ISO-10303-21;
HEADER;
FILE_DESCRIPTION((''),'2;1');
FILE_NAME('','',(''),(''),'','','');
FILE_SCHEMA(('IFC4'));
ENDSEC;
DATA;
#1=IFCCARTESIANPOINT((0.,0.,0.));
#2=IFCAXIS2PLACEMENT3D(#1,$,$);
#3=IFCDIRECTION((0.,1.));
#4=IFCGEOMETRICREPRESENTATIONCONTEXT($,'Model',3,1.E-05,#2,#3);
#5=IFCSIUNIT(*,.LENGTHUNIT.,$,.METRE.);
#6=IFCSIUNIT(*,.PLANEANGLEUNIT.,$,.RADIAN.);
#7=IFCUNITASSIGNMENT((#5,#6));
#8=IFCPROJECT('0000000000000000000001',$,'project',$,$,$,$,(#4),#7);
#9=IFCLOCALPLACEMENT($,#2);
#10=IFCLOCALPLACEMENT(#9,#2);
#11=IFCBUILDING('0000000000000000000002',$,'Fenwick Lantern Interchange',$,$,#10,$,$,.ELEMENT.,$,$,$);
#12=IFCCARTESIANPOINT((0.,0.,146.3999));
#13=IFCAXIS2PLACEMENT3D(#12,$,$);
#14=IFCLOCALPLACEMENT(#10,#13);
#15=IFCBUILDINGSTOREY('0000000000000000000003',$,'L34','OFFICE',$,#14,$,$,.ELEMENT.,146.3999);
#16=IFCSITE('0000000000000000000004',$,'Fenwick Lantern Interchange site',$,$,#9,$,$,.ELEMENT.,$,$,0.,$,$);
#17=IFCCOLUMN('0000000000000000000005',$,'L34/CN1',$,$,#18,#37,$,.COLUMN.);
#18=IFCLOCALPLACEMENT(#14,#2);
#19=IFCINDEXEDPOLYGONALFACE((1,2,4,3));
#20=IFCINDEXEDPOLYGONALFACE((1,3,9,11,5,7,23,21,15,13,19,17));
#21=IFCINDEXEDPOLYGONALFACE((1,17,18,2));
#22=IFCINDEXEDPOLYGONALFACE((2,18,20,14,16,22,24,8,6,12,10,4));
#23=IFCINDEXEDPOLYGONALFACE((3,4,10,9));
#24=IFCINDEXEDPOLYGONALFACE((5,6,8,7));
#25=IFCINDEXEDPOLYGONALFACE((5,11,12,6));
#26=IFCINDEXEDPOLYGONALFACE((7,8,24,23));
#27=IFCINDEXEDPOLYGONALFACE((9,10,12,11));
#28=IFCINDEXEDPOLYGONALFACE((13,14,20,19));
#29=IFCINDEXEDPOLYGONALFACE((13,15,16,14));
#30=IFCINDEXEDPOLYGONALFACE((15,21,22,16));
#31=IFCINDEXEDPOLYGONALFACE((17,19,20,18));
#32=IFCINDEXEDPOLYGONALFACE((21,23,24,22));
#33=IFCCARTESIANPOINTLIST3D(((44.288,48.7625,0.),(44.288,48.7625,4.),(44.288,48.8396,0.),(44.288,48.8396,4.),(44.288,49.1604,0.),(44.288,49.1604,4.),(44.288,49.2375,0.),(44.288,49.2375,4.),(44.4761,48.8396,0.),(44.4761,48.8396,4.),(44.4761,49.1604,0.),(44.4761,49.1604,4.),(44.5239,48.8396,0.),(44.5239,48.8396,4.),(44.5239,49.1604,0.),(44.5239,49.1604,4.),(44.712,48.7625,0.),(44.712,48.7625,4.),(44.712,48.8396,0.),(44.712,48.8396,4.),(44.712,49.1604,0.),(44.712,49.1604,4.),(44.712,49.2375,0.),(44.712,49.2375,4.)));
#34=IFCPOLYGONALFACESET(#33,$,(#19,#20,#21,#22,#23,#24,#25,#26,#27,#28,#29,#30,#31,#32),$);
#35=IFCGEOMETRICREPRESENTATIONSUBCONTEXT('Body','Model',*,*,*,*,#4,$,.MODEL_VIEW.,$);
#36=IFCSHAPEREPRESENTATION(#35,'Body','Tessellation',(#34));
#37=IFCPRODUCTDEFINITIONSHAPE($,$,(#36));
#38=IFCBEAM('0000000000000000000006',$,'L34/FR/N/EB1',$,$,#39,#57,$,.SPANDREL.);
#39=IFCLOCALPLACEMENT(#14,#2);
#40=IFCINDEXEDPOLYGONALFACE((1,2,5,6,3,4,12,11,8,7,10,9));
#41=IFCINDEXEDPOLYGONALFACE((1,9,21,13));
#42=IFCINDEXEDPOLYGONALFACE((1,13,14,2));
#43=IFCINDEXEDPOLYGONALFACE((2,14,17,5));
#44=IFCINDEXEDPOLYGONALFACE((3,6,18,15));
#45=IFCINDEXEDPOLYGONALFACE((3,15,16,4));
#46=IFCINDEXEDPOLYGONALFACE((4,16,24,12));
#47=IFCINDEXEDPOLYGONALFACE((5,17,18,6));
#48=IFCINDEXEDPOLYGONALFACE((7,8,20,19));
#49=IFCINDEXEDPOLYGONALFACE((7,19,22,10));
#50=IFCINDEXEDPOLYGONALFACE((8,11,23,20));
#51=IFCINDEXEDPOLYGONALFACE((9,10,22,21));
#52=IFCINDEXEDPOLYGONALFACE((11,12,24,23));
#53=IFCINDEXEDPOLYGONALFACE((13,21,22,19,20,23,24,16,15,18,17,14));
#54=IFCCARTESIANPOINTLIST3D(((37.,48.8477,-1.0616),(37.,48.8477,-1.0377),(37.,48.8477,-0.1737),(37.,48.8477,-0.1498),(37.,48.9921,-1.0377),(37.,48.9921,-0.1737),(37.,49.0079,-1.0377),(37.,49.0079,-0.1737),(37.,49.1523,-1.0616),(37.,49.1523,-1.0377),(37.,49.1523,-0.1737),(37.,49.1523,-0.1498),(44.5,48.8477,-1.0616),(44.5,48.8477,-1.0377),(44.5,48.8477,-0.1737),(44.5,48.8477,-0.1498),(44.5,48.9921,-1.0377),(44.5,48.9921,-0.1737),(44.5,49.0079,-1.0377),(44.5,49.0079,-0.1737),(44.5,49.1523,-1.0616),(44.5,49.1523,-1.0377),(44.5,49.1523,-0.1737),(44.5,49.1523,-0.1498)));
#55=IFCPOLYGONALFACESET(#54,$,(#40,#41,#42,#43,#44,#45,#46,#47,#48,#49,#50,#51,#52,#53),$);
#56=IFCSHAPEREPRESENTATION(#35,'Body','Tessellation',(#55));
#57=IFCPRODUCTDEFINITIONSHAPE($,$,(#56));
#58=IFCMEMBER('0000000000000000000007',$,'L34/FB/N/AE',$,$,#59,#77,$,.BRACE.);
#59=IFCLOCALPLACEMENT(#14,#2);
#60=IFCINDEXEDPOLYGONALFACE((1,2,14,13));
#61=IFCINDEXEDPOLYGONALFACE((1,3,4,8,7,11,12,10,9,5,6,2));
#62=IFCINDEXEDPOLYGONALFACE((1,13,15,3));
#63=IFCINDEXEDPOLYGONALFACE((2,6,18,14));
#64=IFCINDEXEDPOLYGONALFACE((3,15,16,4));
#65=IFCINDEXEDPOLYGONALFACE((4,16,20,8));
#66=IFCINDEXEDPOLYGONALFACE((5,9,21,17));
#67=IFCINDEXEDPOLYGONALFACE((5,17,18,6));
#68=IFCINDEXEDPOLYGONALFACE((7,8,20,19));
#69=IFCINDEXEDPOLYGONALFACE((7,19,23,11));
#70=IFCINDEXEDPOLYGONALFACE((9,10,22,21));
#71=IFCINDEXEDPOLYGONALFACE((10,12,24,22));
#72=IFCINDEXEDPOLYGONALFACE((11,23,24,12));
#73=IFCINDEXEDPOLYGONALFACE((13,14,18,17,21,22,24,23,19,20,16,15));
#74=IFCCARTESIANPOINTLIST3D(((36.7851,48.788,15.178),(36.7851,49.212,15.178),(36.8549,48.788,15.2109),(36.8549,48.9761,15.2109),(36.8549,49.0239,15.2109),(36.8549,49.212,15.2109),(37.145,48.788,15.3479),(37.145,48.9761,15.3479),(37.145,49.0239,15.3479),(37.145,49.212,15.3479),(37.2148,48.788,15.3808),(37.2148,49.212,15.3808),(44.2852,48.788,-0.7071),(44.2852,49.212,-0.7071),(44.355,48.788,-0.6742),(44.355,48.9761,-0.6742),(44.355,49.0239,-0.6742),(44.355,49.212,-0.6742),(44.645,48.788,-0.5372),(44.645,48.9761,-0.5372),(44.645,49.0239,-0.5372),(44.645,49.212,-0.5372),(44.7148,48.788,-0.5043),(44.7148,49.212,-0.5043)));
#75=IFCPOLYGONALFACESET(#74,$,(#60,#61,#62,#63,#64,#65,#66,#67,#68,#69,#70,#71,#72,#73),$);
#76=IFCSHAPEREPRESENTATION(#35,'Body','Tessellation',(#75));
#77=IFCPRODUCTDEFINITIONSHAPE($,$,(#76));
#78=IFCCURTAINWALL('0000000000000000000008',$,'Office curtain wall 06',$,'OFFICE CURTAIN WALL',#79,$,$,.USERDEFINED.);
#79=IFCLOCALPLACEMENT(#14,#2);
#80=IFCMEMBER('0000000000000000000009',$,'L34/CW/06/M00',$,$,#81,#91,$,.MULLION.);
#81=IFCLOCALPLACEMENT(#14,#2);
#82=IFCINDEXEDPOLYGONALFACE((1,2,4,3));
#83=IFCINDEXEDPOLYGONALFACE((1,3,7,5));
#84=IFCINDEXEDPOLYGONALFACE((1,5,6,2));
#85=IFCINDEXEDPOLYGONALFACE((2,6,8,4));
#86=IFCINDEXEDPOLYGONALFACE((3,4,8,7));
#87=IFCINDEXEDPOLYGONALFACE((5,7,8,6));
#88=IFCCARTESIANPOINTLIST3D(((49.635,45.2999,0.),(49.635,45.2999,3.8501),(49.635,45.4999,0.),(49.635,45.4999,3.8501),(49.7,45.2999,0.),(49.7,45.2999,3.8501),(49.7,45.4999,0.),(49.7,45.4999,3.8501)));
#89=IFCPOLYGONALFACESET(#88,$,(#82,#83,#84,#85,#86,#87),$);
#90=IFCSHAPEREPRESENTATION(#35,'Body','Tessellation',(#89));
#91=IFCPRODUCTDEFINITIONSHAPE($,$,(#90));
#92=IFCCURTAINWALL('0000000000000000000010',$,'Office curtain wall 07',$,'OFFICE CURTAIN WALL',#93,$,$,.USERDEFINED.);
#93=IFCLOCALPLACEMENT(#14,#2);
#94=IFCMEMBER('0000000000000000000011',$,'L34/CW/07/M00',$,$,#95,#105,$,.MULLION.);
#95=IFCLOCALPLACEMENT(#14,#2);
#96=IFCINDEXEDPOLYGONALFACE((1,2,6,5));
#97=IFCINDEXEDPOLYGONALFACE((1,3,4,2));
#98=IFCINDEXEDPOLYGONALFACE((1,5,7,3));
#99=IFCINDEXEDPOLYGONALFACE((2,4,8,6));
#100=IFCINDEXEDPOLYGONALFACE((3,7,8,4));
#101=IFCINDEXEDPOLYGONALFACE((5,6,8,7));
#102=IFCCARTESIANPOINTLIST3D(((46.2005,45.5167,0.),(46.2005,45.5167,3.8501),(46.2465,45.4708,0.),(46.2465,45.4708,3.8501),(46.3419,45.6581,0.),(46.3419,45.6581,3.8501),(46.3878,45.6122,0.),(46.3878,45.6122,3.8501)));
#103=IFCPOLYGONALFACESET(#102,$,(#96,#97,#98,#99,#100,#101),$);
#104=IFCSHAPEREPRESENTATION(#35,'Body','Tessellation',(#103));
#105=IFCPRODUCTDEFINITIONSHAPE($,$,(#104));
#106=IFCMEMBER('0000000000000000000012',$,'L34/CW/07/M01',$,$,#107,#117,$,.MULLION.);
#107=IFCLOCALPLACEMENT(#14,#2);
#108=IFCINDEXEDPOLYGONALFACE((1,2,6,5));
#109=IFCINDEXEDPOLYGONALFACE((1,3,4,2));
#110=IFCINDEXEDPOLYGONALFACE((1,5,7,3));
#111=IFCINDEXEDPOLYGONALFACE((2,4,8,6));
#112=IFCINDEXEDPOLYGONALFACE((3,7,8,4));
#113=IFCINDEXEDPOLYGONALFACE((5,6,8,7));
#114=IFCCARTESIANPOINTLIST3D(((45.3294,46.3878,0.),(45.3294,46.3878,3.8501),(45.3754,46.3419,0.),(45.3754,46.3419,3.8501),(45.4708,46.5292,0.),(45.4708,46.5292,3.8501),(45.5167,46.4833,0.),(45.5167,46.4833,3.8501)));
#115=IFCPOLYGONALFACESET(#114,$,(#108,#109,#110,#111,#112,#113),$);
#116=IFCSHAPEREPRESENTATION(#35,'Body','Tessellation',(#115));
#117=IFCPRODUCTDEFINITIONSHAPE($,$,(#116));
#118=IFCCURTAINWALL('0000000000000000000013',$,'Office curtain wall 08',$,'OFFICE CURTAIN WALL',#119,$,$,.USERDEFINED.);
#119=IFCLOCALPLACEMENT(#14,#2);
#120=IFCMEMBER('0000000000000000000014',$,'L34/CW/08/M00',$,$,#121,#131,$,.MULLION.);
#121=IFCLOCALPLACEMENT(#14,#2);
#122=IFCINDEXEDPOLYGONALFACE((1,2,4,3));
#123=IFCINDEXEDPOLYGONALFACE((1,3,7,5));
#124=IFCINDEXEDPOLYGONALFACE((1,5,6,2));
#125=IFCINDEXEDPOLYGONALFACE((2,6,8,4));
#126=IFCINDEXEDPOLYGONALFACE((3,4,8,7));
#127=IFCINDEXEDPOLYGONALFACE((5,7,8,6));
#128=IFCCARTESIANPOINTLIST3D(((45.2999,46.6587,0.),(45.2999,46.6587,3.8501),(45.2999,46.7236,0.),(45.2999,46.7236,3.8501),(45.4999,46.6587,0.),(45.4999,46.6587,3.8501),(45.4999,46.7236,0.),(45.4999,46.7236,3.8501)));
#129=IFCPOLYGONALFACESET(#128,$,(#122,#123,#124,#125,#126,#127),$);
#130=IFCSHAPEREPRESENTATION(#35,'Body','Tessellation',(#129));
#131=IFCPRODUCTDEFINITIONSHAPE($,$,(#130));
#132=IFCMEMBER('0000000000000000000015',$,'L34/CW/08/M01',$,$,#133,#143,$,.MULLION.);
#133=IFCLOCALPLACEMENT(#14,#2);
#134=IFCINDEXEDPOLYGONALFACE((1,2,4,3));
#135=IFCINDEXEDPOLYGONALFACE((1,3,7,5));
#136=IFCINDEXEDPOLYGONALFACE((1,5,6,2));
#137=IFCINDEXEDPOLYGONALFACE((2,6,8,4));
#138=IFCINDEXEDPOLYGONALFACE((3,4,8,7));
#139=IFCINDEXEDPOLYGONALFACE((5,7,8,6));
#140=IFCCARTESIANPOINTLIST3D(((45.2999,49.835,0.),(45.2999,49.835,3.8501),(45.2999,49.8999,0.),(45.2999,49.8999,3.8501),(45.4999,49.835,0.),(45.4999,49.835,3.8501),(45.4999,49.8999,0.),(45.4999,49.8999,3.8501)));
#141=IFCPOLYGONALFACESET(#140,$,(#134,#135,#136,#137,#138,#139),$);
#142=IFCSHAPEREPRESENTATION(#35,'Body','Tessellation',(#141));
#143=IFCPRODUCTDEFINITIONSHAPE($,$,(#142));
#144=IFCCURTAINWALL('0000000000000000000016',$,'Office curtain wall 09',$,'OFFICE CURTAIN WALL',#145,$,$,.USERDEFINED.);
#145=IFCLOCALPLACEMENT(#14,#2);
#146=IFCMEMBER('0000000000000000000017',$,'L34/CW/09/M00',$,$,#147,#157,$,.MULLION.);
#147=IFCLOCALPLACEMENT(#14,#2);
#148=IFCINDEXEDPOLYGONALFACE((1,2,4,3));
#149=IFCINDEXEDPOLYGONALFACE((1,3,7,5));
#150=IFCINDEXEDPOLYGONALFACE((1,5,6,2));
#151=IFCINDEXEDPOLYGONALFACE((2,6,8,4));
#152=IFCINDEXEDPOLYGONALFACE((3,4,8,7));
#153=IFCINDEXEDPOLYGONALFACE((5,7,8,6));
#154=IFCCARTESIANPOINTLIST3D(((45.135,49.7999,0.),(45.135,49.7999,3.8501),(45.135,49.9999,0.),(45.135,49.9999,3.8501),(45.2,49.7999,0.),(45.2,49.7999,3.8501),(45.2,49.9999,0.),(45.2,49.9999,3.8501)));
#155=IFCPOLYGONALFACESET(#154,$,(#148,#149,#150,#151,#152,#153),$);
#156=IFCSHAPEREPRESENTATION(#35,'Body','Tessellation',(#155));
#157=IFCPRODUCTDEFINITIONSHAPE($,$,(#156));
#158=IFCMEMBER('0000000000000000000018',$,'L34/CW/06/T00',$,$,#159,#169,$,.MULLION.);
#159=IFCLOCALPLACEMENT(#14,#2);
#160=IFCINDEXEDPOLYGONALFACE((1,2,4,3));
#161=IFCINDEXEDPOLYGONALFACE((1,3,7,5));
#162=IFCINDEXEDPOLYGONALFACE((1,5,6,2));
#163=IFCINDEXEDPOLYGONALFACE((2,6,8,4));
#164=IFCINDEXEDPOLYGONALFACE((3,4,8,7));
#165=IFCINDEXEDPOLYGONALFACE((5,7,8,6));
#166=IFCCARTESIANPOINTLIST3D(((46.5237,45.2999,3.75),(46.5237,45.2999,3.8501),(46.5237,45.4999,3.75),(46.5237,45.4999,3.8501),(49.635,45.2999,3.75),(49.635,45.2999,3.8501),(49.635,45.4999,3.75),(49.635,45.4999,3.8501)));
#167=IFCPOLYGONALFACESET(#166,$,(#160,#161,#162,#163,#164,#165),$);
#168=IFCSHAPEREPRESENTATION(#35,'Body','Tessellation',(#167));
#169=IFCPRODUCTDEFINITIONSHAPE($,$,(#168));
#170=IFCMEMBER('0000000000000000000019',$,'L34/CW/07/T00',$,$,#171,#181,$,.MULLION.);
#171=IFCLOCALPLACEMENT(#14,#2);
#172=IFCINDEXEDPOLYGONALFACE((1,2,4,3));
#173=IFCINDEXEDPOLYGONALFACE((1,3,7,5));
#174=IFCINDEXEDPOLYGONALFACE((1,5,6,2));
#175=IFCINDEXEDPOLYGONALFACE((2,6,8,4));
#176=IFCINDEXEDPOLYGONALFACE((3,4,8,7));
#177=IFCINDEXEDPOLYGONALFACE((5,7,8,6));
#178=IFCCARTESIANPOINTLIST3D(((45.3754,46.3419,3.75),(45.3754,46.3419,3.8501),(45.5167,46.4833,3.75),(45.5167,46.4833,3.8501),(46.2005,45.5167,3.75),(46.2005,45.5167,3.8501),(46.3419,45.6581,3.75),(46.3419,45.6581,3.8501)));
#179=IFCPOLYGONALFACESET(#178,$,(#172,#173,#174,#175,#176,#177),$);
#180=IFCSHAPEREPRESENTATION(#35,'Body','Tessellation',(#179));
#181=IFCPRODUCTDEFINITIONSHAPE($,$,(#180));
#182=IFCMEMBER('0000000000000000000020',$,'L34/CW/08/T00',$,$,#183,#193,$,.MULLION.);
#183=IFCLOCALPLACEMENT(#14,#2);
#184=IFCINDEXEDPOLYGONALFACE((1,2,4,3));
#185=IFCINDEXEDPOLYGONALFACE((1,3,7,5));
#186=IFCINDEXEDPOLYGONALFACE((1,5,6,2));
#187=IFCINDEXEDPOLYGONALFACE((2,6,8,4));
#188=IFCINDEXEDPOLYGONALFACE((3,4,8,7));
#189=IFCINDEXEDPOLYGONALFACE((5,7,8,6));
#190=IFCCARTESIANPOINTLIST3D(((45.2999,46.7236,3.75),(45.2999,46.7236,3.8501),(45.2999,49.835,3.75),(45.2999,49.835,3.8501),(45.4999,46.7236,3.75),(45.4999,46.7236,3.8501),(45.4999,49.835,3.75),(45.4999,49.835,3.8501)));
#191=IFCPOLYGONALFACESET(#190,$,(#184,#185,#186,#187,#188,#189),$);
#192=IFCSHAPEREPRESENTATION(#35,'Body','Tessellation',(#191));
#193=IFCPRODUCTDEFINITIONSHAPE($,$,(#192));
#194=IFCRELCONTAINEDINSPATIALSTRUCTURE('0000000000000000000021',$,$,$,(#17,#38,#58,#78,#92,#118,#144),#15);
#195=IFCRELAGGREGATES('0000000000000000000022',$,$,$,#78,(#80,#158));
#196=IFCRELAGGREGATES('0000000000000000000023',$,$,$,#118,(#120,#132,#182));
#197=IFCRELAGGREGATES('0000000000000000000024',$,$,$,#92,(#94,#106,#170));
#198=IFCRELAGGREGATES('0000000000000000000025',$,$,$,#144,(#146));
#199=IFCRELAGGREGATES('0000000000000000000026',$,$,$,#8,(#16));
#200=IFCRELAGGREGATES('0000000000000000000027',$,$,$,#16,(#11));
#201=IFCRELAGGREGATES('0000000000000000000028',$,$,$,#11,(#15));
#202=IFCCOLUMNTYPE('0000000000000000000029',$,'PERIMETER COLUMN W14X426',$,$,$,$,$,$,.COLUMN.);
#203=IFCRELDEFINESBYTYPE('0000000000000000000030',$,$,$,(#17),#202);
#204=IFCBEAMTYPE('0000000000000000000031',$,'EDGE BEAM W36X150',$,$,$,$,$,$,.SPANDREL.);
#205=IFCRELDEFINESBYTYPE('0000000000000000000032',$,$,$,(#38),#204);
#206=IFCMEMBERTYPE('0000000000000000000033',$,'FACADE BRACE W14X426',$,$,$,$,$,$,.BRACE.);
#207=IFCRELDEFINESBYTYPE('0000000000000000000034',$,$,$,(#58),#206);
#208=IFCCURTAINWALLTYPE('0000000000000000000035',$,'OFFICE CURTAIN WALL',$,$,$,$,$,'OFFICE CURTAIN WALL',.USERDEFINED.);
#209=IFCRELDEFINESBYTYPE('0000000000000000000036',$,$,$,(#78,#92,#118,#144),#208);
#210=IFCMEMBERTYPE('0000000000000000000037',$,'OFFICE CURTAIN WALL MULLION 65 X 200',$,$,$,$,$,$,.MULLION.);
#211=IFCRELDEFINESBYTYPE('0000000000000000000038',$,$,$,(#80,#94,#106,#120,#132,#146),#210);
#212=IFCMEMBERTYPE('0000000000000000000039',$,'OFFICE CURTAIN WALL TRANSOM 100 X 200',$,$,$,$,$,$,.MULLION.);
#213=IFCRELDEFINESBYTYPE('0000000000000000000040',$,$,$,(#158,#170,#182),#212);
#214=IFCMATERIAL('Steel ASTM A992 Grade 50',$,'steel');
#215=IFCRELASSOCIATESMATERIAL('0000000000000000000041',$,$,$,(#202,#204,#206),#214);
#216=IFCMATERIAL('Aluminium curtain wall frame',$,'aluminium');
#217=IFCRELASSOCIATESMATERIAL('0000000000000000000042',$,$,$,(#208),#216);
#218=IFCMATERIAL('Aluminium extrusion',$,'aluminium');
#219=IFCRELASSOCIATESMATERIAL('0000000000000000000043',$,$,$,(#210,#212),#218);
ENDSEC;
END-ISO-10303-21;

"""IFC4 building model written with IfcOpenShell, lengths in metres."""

from ifc_helpers import new_model, si_unit, direction, frame, origin, origin_2d, place, context, subcontext, project, spatial, rectangle, i_section, extrude, material, material_profile, profile_set, type_object, element, aggregate, save


model = new_model("IFC4")

# Units and contexts
model_context = context("Model", 3, precision=1e-05, world=origin(), true_north=direction((0.0, 1.0)))
body_context = subcontext(model_context, "Body", "Model", "MODEL_VIEW")
ifc_project = project(units=[si_unit("LENGTHUNIT", "METRE"), si_unit("PLANEANGLEUNIT", "RADIAN")], contexts=[model_context])

# Site, building, storey
site_placement = place(None, origin())
site = spatial("IfcSite", under=ifc_project, at=site_placement, Name="Fenwick Lantern Interchange site", CompositionType="ELEMENT", RefElevation=0.0)
building_placement = place(site_placement, origin())
building = spatial("IfcBuilding", under=site, at=building_placement, Name="Fenwick Lantern Interchange", CompositionType="ELEMENT")
storey_placement = place(building_placement, frame((0.0, 0.0, 146.3999)))
storey = spatial("IfcBuildingStorey", under=building, at=storey_placement, Name="L34", Description="OFFICE", CompositionType="ELEMENT", Elevation=146.3999)

# Column
ifc_material_1 = material(Name="Steel ASTM A992 Grade 50", Category="steel")
ifc_material_profile_1 = material_profile(ifc_material_1, i_section(OverallWidth=0.4241, OverallDepth=0.4751, WebThickness=0.0479, FlangeThickness=0.0771, at=origin_2d()), Name="W14X426")
ifc_profile_set_1 = profile_set([ifc_material_profile_1], Name="Steel ASTM A992 Grade 50")
column_type = type_object("IfcColumnType", Name="PERIMETER COLUMN W14X426", PredefinedType="COLUMN", material=ifc_profile_set_1)
column_placement = place(storey_placement, frame((44.5, 49.0, 0.0), z_axis=(0.0, 0.0, 1.0), x_axis=(1.0, 0.0, 0.0)))
element("IfcColumn", 1, at=column_placement, inside=storey, type_object=column_type, Name="L34/CN1", PredefinedType="COLUMN", context=body_context, shape_type="SweptSolid", body=[
    extrude(i_section(OverallWidth=0.4241, OverallDepth=0.4751, WebThickness=0.0479, FlangeThickness=0.0771, at=origin_2d()), origin(), (0.0, 0.0, 1.0), 4.0),
])

# Beam
ifc_material_profile_2 = material_profile(ifc_material_1, i_section(OverallWidth=0.3047, OverallDepth=0.9119, WebThickness=0.0159, FlangeThickness=0.0239, at=origin_2d()), Name="W36X150")
ifc_profile_set_2 = profile_set([ifc_material_profile_2], Name="Steel ASTM A992 Grade 50")
beam_type = type_object("IfcBeamType", Name="EDGE BEAM W36X150", PredefinedType="SPANDREL", material=ifc_profile_set_2)
beam_placement = place(storey_placement, frame((44.5, 49.0, -0.6057), z_axis=(-1.0, 0.0, 0.0), x_axis=(0.0, -1.0, 0.0)))
element("IfcBeam", 2, at=beam_placement, inside=storey, type_object=beam_type, Name="L34/FR/N/EB1", PredefinedType="SPANDREL", context=body_context, shape_type="SweptSolid", body=[
    extrude(i_section(OverallWidth=0.3047, OverallDepth=0.9119, WebThickness=0.0159, FlangeThickness=0.0239, at=origin_2d()), origin(), (0.0, 0.0, 1.0), 7.5),
])

# Member
ifc_material_profile_3 = material_profile(ifc_material_1, i_section(OverallWidth=0.4241, OverallDepth=0.4751, WebThickness=0.0479, FlangeThickness=0.0771, at=origin_2d()), Name="W14X426")
ifc_profile_set_3 = profile_set([ifc_material_profile_3], Name="Steel ASTM A992 Grade 50")
member_type_1 = type_object("IfcMemberType", Name="FACADE BRACE W14X426", PredefinedType="BRACE", material=ifc_profile_set_3)
member_1_placement = place(storey_placement, frame((44.5, 49.0, -0.6057), z_axis=(-0.426948, 0.0, 0.904276), x_axis=(0.0, -1.0, 0.0)))
element("IfcMember", 3, at=member_1_placement, inside=storey, type_object=member_type_1, Name="L34/FB/N/AE", PredefinedType="BRACE", context=body_context, shape_type="SweptSolid", body=[
    extrude(i_section(OverallWidth=0.4241, OverallDepth=0.4751, WebThickness=0.0479, FlangeThickness=0.0771, at=origin_2d()), origin(), (0.0, 0.0, 1.0), 17.5667),
])

# Curtain wall, member
ifc_material_2 = material(Name="Aluminium curtain wall frame", Category="aluminium")
curtain_wall_type = type_object("IfcCurtainWallType", Name="OFFICE CURTAIN WALL", ElementType="OFFICE CURTAIN WALL", PredefinedType="USERDEFINED", material=ifc_material_2)
curtain_wall_1_placement = place(storey_placement, origin())
curtain_wall_1 = element("IfcCurtainWall", 4, at=curtain_wall_1_placement, inside=storey, type_object=curtain_wall_type, Name="Office curtain wall 06", ObjectType="OFFICE CURTAIN WALL", PredefinedType="USERDEFINED")
ifc_material_3 = material(Name="Aluminium extrusion", Category="aluminium")
ifc_material_profile_4 = material_profile(ifc_material_3, rectangle(XDim=0.2, YDim=0.0649, at=origin_2d()), Name="OFFICE CURTAIN WALL MULLION 65 X 200")
ifc_profile_set_4 = profile_set([ifc_material_profile_4], Name="Aluminium extrusion")
member_type_2 = type_object("IfcMemberType", Name="OFFICE CURTAIN WALL MULLION 65 X 200", PredefinedType="MULLION", material=ifc_profile_set_4)
member_2_placement = place(storey_placement, frame((49.6675, 45.3999, 0.0), z_axis=(0.0, 0.0, 1.0), x_axis=(0.0, -1.0, 0.0)))
member_2 = element("IfcMember", 5, at=member_2_placement, type_object=member_type_2, Name="L34/CW/06/M00", PredefinedType="MULLION", context=body_context, shape_type="SweptSolid", body=[
    extrude(rectangle(XDim=0.2, YDim=0.0649, at=origin_2d()), origin(), (0.0, 0.0, 1.0), 3.8501),
])

# Curtain walls, members
curtain_wall_2_placement = place(storey_placement, origin())
curtain_wall_2 = element("IfcCurtainWall", 6, at=curtain_wall_2_placement, inside=storey, type_object=curtain_wall_type, Name="Office curtain wall 07", ObjectType="OFFICE CURTAIN WALL", PredefinedType="USERDEFINED")
member_3_placement = place(storey_placement, frame((46.2942, 45.5645, 0.0), z_axis=(0.0, 0.0, 1.0), x_axis=(-0.707107, -0.707107, 0.0)))
member_3 = element("IfcMember", 7, at=member_3_placement, type_object=member_type_2, Name="L34/CW/07/M00", PredefinedType="MULLION", context=body_context, shape_type="SweptSolid", body=[
    extrude(rectangle(XDim=0.2, YDim=0.0649, at=origin_2d()), origin(), (0.0, 0.0, 1.0), 3.8501),
])
member_4_placement = place(storey_placement, frame((45.4231, 46.4355, 0.0), z_axis=(0.0, 0.0, 1.0), x_axis=(-0.707107, -0.707107, 0.0)))
member_4 = element("IfcMember", 8, at=member_4_placement, type_object=member_type_2, Name="L34/CW/07/M01", PredefinedType="MULLION", context=body_context, shape_type="SweptSolid", body=[
    extrude(rectangle(XDim=0.2, YDim=0.0649, at=origin_2d()), origin(), (0.0, 0.0, 1.0), 3.8501),
])
curtain_wall_3_placement = place(storey_placement, origin())
curtain_wall_3 = element("IfcCurtainWall", 9, at=curtain_wall_3_placement, inside=storey, type_object=curtain_wall_type, Name="Office curtain wall 08", ObjectType="OFFICE CURTAIN WALL", PredefinedType="USERDEFINED")
member_5_placement = place(storey_placement, frame((45.3999, 46.6912, 0.0), z_axis=(0.0, 0.0, 1.0), x_axis=(-1.0, 0.0, 0.0)))
member_5 = element("IfcMember", 10, at=member_5_placement, type_object=member_type_2, Name="L34/CW/08/M00", PredefinedType="MULLION", context=body_context, shape_type="SweptSolid", body=[
    extrude(rectangle(XDim=0.2, YDim=0.0649, at=origin_2d()), origin(), (0.0, 0.0, 1.0), 3.8501),
])
member_6_placement = place(storey_placement, frame((45.3999, 49.8674, 0.0), z_axis=(0.0, 0.0, 1.0), x_axis=(-1.0, 0.0, 0.0)))
member_6 = element("IfcMember", 11, at=member_6_placement, type_object=member_type_2, Name="L34/CW/08/M01", PredefinedType="MULLION", context=body_context, shape_type="SweptSolid", body=[
    extrude(rectangle(XDim=0.2, YDim=0.0649, at=origin_2d()), origin(), (0.0, 0.0, 1.0), 3.8501),
])

# Curtain wall, member
curtain_wall_4_placement = place(storey_placement, origin())
curtain_wall_4 = element("IfcCurtainWall", 12, at=curtain_wall_4_placement, inside=storey, type_object=curtain_wall_type, Name="Office curtain wall 09", ObjectType="OFFICE CURTAIN WALL", PredefinedType="USERDEFINED")
member_7_placement = place(storey_placement, frame((45.1675, 49.8999, 0.0), z_axis=(0.0, 0.0, 1.0), x_axis=(0.0, -1.0, 0.0)))
member_7 = element("IfcMember", 13, at=member_7_placement, type_object=member_type_2, Name="L34/CW/09/M00", PredefinedType="MULLION", context=body_context, shape_type="SweptSolid", body=[
    extrude(rectangle(XDim=0.2, YDim=0.0649, at=origin_2d()), origin(), (0.0, 0.0, 1.0), 3.8501),
])

# Members
ifc_material_profile_5 = material_profile(ifc_material_3, rectangle(XDim=0.2, YDim=0.1001, at=origin_2d()), Name="OFFICE CURTAIN WALL TRANSOM 100 X 200")
ifc_profile_set_5 = profile_set([ifc_material_profile_5], Name="Aluminium extrusion")
member_type_3 = type_object("IfcMemberType", Name="OFFICE CURTAIN WALL TRANSOM 100 X 200", PredefinedType="MULLION", material=ifc_profile_set_5)
member_8_placement = place(storey_placement, frame((49.635, 45.3999, 3.8), z_axis=(-1.0, 0.0, 0.0), x_axis=(0.0, -1.0, 0.0)))
member_8 = element("IfcMember", 14, at=member_8_placement, type_object=member_type_3, Name="L34/CW/06/T00", PredefinedType="MULLION", context=body_context, shape_type="SweptSolid", body=[
    extrude(rectangle(XDim=0.2, YDim=0.1001, at=origin_2d()), origin(), (0.0, 0.0, 1.0), 3.1113),
])
aggregate(curtain_wall_1, [member_2, member_8])
member_9_placement = place(storey_placement, frame((46.2712, 45.5874, 3.8), z_axis=(-0.707107, 0.707107, 0.0), x_axis=(-0.707107, -0.707107, 0.0)))
member_9 = element("IfcMember", 15, at=member_9_placement, type_object=member_type_3, Name="L34/CW/07/T00", PredefinedType="MULLION", context=body_context, shape_type="SweptSolid", body=[
    extrude(rectangle(XDim=0.2, YDim=0.1001, at=origin_2d()), origin(), (0.0, 0.0, 1.0), 1.167),
])
member_10_placement = place(storey_placement, frame((45.3999, 46.7236, 3.8), z_axis=(0.0, 1.0, 0.0), x_axis=(-1.0, 0.0, 0.0)))
member_10 = element("IfcMember", 16, at=member_10_placement, type_object=member_type_3, Name="L34/CW/08/T00", PredefinedType="MULLION", context=body_context, shape_type="SweptSolid", body=[
    extrude(rectangle(XDim=0.2, YDim=0.1001, at=origin_2d()), origin(), (0.0, 0.0, 1.0), 3.1113),
])
aggregate(curtain_wall_3, [member_5, member_6, member_10])

aggregate(curtain_wall_2, [member_3, member_4, member_9])
aggregate(curtain_wall_4, [member_7])

save(model, "model.ifc")
